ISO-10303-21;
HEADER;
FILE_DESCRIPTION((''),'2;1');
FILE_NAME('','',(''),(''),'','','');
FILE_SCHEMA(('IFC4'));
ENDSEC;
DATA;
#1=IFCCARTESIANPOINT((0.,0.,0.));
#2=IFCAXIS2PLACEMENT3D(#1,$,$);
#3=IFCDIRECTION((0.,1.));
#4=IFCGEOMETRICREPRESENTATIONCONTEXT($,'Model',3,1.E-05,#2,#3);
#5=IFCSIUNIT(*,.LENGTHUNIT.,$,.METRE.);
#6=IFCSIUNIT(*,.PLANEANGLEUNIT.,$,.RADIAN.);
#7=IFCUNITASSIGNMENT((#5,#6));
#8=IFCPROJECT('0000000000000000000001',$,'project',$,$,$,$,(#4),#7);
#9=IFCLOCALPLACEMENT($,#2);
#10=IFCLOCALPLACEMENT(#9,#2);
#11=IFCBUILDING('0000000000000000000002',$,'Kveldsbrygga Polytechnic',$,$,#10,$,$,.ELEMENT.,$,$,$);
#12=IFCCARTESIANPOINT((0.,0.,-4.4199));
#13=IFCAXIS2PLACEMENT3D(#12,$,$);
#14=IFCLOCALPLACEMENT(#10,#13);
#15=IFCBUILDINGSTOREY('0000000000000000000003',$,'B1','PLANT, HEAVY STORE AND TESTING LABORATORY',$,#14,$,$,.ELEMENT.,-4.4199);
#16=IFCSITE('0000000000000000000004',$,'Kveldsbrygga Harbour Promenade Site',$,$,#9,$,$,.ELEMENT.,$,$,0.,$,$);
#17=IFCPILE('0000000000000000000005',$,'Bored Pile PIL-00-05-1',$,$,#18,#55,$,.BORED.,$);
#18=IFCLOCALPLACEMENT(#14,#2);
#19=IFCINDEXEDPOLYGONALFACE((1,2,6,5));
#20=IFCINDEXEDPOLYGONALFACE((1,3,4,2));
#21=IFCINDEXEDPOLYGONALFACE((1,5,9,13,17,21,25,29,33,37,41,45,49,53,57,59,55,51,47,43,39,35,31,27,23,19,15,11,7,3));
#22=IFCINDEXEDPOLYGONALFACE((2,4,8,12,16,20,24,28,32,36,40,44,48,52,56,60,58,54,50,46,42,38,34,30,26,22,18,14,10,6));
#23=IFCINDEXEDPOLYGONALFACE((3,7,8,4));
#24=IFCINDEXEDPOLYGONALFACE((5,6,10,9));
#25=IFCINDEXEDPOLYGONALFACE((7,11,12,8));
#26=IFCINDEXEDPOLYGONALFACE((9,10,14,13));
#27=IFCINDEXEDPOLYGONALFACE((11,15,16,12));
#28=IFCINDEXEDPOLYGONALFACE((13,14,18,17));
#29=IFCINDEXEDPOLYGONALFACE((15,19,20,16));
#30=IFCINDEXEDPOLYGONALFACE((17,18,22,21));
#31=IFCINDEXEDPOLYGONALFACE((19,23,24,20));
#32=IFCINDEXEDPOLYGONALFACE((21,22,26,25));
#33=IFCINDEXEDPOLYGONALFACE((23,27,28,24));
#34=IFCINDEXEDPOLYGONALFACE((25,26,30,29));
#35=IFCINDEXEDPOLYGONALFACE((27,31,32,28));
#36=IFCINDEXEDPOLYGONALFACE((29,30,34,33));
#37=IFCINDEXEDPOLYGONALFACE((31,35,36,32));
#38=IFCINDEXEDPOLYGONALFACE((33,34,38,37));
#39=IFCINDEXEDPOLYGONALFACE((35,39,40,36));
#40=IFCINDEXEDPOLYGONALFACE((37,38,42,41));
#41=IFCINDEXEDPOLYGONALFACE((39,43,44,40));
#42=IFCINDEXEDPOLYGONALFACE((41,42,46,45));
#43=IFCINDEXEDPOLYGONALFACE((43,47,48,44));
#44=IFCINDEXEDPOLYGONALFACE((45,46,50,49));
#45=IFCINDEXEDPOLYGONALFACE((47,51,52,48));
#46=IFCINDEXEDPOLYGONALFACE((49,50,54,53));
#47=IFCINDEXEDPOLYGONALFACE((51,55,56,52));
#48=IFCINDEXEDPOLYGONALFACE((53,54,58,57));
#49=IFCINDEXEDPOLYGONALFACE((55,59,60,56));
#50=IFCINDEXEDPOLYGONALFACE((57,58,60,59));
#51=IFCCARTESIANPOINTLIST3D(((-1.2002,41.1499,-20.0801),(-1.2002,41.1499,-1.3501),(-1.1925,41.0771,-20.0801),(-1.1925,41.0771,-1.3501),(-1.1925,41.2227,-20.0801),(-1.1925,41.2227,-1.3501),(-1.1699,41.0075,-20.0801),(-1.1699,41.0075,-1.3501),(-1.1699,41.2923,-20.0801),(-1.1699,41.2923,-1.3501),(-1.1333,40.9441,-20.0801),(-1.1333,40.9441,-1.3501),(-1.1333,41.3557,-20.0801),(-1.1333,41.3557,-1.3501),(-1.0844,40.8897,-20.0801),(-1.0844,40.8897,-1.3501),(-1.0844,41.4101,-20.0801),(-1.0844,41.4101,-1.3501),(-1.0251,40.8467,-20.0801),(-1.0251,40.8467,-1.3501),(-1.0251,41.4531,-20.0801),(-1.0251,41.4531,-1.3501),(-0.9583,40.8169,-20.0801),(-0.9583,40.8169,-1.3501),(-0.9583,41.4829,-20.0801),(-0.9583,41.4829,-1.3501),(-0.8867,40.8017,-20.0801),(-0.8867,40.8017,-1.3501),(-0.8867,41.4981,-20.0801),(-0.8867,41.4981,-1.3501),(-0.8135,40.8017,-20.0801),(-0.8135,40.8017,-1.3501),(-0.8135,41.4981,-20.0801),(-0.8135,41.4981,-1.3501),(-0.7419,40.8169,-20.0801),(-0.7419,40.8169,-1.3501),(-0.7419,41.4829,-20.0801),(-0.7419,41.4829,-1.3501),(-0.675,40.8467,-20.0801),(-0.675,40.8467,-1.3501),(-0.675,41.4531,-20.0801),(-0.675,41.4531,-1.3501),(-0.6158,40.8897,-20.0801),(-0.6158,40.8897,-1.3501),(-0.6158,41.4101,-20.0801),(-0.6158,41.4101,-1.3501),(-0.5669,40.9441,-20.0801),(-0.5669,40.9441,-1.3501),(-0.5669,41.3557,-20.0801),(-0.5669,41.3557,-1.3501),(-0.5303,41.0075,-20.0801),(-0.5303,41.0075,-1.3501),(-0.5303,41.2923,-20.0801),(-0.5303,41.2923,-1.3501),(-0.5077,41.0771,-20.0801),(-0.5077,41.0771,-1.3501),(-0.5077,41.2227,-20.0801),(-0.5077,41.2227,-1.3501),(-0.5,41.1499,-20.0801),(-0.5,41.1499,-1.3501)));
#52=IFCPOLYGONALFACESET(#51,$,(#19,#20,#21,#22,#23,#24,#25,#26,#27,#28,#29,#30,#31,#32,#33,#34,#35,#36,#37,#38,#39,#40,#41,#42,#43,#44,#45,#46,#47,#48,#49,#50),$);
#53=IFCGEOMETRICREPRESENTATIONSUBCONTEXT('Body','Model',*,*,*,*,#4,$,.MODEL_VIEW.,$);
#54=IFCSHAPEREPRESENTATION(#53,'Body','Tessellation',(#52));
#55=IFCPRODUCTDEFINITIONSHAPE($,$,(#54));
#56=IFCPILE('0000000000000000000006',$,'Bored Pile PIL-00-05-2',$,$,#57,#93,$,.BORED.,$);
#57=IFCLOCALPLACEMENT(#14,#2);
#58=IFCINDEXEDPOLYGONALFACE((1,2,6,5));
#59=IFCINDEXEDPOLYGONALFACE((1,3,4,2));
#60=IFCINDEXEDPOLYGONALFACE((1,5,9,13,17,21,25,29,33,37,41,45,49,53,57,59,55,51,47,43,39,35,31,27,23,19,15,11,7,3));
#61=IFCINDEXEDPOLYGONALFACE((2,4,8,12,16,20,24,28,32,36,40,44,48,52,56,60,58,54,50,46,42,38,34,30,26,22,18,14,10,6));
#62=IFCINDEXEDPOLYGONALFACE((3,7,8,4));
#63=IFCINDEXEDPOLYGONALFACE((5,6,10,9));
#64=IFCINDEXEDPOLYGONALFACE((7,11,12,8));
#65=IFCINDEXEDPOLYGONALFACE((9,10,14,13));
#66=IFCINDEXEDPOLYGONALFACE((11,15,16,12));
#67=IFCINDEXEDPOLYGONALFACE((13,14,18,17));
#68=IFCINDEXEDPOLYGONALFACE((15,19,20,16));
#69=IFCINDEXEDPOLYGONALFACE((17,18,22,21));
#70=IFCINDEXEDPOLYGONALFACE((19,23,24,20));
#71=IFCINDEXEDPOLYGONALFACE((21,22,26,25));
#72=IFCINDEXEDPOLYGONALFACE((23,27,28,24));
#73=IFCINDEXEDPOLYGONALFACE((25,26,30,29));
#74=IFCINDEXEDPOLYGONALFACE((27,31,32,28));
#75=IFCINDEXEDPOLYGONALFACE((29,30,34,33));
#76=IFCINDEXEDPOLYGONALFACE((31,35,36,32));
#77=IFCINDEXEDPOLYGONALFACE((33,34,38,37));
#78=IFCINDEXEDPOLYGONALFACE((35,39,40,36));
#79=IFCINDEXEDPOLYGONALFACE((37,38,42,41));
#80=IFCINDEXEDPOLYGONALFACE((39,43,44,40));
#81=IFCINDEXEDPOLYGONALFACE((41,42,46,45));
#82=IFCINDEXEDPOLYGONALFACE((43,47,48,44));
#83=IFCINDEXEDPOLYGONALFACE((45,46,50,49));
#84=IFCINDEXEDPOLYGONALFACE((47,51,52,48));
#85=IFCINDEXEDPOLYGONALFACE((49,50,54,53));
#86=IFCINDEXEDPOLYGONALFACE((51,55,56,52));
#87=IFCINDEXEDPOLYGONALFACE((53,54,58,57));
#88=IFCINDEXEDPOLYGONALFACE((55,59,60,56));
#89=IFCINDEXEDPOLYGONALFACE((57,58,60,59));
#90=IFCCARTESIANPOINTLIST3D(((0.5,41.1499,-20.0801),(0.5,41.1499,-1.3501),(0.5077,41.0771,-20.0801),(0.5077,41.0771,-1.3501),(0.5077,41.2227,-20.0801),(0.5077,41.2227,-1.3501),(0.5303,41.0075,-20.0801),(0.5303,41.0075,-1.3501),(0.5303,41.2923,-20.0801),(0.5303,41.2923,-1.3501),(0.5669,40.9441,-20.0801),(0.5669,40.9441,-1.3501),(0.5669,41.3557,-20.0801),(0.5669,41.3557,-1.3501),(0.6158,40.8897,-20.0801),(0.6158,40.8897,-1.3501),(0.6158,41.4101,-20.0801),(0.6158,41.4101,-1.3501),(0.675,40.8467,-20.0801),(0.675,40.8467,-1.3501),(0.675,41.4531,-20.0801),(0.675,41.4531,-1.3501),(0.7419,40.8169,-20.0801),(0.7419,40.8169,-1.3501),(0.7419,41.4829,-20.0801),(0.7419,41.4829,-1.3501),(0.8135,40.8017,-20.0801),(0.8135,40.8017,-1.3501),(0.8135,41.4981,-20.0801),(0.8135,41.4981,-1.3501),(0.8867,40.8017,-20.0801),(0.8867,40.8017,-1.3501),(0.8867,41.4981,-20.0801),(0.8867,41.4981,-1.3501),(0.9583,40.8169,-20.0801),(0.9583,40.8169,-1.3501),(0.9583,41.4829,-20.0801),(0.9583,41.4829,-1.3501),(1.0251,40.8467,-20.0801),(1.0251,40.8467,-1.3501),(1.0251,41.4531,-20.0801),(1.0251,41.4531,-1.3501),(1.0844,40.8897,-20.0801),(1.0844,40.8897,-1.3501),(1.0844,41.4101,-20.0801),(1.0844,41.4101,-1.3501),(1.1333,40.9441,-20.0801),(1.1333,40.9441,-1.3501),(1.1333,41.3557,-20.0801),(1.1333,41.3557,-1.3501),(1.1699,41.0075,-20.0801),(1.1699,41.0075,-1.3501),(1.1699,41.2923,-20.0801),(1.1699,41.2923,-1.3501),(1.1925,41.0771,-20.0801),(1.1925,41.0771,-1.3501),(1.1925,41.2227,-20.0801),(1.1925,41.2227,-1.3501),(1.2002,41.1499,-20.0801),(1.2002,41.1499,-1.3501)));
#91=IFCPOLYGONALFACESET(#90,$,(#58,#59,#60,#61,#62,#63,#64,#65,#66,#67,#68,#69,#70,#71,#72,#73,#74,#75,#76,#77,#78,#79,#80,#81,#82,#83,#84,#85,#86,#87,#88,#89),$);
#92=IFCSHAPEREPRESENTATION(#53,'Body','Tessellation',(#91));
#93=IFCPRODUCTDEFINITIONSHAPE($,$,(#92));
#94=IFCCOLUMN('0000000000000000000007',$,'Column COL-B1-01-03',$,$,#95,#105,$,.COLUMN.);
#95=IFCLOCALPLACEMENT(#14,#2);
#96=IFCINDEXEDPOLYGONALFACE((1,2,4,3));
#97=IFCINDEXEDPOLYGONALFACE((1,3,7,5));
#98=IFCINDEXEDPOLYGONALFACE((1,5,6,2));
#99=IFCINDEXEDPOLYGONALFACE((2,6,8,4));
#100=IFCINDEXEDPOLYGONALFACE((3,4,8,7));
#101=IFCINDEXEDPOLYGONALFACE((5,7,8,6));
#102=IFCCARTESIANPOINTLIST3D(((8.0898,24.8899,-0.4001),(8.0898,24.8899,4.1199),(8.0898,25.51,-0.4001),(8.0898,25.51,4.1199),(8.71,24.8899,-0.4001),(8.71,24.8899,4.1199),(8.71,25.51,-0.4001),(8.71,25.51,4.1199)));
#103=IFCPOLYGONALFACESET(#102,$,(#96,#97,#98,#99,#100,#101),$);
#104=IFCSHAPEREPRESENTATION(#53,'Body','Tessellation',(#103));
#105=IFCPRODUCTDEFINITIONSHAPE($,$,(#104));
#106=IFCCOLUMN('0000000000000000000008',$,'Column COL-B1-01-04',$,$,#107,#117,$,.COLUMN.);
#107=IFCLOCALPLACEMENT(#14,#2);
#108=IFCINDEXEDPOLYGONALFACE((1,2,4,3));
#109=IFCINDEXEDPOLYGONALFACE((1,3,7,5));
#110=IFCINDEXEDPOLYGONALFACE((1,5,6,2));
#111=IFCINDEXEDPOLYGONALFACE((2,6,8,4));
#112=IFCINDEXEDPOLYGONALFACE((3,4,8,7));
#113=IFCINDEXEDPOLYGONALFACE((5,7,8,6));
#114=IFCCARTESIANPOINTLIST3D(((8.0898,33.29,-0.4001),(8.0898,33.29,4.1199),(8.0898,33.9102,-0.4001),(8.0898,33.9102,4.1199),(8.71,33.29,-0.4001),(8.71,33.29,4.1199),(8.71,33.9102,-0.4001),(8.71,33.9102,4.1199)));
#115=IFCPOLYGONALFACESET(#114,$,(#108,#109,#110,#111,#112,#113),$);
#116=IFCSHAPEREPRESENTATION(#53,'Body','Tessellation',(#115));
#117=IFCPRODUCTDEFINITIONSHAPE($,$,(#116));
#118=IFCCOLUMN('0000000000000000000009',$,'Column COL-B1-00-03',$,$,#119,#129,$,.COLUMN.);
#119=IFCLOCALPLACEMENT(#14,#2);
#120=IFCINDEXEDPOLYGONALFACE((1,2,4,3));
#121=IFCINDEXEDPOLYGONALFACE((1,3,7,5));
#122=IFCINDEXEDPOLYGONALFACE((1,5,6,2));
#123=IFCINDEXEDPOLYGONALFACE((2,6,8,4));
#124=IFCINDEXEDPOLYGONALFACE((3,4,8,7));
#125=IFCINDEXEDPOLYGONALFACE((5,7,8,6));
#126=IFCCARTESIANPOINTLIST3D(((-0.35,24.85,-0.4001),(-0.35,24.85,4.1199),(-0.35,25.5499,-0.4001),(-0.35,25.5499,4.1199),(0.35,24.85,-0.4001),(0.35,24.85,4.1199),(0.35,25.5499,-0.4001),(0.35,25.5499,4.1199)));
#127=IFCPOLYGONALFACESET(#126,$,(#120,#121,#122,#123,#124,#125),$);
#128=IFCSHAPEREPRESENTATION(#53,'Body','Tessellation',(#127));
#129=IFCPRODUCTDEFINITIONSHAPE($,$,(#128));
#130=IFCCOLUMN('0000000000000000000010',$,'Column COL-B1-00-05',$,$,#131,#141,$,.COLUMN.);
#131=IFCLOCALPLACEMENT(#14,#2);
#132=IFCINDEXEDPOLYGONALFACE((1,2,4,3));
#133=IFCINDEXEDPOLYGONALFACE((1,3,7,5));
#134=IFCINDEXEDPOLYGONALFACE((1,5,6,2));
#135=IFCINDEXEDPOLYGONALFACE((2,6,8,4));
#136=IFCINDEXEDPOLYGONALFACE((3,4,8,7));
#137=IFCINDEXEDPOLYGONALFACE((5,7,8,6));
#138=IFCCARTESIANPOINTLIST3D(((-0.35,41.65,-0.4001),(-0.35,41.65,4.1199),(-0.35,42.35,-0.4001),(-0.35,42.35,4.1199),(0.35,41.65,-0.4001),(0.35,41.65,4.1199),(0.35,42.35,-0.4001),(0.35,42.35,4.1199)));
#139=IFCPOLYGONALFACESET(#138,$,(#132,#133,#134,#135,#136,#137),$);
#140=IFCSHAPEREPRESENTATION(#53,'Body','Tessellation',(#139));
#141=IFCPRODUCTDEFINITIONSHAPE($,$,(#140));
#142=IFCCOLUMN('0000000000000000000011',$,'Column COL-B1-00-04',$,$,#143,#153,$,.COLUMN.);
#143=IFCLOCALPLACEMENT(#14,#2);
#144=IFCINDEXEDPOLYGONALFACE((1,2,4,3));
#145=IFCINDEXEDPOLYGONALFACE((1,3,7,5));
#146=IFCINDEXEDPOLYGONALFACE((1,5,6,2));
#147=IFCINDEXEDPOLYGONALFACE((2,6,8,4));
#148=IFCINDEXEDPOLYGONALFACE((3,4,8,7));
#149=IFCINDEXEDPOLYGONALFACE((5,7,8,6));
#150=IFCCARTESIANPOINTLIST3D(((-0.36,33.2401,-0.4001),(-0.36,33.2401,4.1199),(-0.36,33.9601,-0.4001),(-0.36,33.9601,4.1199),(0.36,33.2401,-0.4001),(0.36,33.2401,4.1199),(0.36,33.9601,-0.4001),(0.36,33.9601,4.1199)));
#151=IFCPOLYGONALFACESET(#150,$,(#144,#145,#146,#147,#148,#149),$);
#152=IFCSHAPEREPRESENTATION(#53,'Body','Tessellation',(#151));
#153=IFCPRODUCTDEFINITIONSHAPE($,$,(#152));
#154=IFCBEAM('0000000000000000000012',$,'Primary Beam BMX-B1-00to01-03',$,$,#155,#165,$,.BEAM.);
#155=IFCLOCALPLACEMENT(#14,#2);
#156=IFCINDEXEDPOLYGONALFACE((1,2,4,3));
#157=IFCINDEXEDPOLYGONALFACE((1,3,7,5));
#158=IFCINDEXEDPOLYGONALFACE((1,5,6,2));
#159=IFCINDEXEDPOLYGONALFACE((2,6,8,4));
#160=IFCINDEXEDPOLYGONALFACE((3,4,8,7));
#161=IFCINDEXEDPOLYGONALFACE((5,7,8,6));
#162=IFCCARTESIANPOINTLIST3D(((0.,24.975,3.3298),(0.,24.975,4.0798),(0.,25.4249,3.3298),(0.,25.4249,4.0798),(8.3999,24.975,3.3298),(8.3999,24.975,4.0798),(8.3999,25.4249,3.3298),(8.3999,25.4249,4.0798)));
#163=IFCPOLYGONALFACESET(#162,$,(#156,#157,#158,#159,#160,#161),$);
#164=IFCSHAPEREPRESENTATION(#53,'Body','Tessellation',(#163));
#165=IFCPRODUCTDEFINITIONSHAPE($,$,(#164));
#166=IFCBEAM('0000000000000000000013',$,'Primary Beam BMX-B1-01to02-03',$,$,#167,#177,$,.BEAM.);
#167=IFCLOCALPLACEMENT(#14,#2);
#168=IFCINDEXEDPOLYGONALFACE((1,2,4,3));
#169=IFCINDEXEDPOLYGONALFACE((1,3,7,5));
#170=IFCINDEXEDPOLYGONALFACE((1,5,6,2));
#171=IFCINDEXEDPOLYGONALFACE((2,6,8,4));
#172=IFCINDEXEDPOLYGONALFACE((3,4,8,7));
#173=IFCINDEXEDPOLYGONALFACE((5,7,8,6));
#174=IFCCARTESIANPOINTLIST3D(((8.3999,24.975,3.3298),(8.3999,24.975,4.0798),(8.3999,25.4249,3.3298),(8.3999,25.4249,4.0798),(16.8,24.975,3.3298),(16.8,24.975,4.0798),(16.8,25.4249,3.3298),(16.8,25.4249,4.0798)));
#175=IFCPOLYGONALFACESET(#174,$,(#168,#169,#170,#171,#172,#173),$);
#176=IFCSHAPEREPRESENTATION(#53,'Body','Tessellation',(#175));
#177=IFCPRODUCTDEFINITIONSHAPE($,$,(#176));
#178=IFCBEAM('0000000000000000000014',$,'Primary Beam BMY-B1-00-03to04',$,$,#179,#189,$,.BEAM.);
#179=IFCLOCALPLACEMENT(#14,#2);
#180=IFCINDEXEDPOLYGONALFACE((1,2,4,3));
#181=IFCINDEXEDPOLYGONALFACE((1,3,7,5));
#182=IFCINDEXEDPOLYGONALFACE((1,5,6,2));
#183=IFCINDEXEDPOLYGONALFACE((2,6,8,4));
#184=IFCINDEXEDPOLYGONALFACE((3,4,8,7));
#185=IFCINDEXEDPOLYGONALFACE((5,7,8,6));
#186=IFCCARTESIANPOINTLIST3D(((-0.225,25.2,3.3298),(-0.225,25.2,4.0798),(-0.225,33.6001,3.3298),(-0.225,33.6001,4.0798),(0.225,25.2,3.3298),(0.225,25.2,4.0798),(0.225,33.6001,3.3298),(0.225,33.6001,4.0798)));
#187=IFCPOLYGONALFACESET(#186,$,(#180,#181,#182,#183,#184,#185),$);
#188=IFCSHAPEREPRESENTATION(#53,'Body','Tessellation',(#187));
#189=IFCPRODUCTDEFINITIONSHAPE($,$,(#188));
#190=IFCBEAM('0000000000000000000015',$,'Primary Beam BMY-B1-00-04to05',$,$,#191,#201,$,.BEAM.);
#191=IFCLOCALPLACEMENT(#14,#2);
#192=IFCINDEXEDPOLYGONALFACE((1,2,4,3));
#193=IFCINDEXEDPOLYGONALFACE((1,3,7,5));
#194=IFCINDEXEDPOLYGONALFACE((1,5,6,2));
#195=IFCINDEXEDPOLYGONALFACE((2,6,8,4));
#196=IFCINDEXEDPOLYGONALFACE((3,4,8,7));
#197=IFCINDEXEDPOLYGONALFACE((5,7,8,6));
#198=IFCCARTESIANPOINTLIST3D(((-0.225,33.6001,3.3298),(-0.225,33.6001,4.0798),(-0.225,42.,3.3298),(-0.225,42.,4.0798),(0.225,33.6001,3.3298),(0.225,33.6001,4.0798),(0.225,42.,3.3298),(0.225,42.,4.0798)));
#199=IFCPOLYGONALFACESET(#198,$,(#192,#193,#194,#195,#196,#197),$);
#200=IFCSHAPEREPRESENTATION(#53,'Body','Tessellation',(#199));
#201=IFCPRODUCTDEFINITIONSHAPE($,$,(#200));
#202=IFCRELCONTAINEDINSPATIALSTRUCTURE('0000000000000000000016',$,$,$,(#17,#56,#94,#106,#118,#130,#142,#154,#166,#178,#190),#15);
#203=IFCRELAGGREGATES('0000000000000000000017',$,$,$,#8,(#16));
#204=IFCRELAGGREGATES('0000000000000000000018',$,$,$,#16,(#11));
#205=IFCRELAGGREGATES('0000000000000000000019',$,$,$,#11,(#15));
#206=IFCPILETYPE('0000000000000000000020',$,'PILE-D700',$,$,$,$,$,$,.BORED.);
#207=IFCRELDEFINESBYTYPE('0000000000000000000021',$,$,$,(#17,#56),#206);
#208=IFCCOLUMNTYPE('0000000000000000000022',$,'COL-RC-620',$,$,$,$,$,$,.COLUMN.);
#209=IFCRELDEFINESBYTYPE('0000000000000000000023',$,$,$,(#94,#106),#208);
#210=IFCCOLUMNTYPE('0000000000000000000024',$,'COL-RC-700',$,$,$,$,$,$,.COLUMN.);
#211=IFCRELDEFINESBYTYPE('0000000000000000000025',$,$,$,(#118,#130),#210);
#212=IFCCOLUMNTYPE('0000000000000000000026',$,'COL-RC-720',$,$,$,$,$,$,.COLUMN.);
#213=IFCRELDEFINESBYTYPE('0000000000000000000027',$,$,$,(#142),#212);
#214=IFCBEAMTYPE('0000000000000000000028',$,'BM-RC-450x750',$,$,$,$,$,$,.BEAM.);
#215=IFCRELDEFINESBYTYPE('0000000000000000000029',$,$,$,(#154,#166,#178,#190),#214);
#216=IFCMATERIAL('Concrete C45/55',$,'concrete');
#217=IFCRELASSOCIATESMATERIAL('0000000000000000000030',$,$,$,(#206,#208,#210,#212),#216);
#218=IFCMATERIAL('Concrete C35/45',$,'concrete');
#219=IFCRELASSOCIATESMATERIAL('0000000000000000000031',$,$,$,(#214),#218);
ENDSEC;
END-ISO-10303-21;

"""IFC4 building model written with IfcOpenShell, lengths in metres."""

from ifc_helpers import new_model, si_unit, direction, frame, origin, origin_2d, place, context, subcontext, project, spatial, rectangle, circle, extrude, material, material_profile, profile_set, type_object, element, save


model = new_model("IFC4")

# Units and contexts
model_context = context("Model", 3, precision=1e-05, world=origin(), true_north=direction((0.0, 1.0)))
body_context = subcontext(model_context, "Body", "Model", "MODEL_VIEW")
ifc_project = project(units=[si_unit("LENGTHUNIT", "METRE"), si_unit("PLANEANGLEUNIT", "RADIAN")], contexts=[model_context])

# Site, building, storey
site_placement = place(None, origin())
site = spatial("IfcSite", under=ifc_project, at=site_placement, Name="Kveldsbrygga Harbour Promenade Site", CompositionType="ELEMENT", RefElevation=0.0)
building_placement = place(site_placement, origin())
building = spatial("IfcBuilding", under=site, at=building_placement, Name="Kveldsbrygga Polytechnic", CompositionType="ELEMENT")
storey_placement = place(building_placement, frame((0.0, 0.0, -4.4199)))
storey = spatial("IfcBuildingStorey", under=building, at=storey_placement, Name="B1", Description="PLANT, HEAVY STORE AND TESTING LABORATORY", CompositionType="ELEMENT", Elevation=-4.4199)

# Shared definitions
ifc_material_1 = material(Name="Concrete C45/55", Category="concrete")
ifc_material_2 = material(Name="Concrete C35/45", Category="concrete")

# Piles
ifc_material_profile_1 = material_profile(ifc_material_1, circle(Radius=0.3501, at=origin_2d()), Name="PILE D700")
ifc_profile_set_1 = profile_set([ifc_material_profile_1], Name="Concrete C45/55")
pile_type_1 = type_object("IfcPileType", Name="PILE-D700", PredefinedType="BORED", material=ifc_profile_set_1)
for number, where, z_axis, x_axis, name in (
    (1, (-0.8501, 41.1499, -1.3501), (0.0, 0.0, -1.0), (1.0, 0.0, 0.0), "Bored Pile PIL-00-05-1"),
    (2, (0.8501, 41.1499, -1.3501), (0.0, 0.0, -1.0), (1.0, 0.0, 0.0), "Bored Pile PIL-00-05-2"),
):
    element("IfcPile", number, at=place(storey_placement, frame(where, z_axis=z_axis, x_axis=x_axis)), inside=storey, type_object=pile_type_1, Name=name, PredefinedType="BORED", context=body_context, shape_type="SweptSolid", body=[
        extrude(circle(Radius=0.3501, at=origin_2d()), origin(), (0.0, 0.0, 1.0), 18.73),
    ])

# Columns
ifc_material_profile_2 = material_profile(ifc_material_1, rectangle(XDim=0.6201, YDim=0.6201, at=origin_2d()), Name="RC 620x620")
ifc_profile_set_2 = profile_set([ifc_material_profile_2], Name="Concrete C45/55")
column_type_1 = type_object("IfcColumnType", Name="COL-RC-620", PredefinedType="COLUMN", material=ifc_profile_set_2)
for number, where, z_axis, x_axis, name in (
    (3, (8.3999, 25.2, -0.4001), (0.0, 0.0, 1.0), (1.0, 0.0, 0.0), "Column COL-B1-01-03"),
    (4, (8.3999, 33.6001, -0.4001), (0.0, 0.0, 1.0), (1.0, 0.0, 0.0), "Column COL-B1-01-04"),
):
    element("IfcColumn", number, at=place(storey_placement, frame(where, z_axis=z_axis, x_axis=x_axis)), inside=storey, type_object=column_type_1, Name=name, PredefinedType="COLUMN", context=body_context, shape_type="SweptSolid", body=[
        extrude(rectangle(XDim=0.6201, YDim=0.6201, at=origin_2d()), origin(), (0.0, 0.0, 1.0), 4.52),
    ])
ifc_material_profile_3 = material_profile(ifc_material_1, rectangle(XDim=0.7, YDim=0.7, at=origin_2d()), Name="RC 700x700")
ifc_profile_set_3 = profile_set([ifc_material_profile_3], Name="Concrete C45/55")
column_type_2 = type_object("IfcColumnType", Name="COL-RC-700", PredefinedType="COLUMN", material=ifc_profile_set_3)
for number, where, z_axis, x_axis, name in (
    (5, (0.0, 25.2, -0.4001), (0.0, 0.0, 1.0), (1.0, 0.0, 0.0), "Column COL-B1-00-03"),
    (6, (0.0, 42.0, -0.4001), (0.0, 0.0, 1.0), (1.0, 0.0, 0.0), "Column COL-B1-00-05"),
):
    element("IfcColumn", number, at=place(storey_placement, frame(where, z_axis=z_axis, x_axis=x_axis)), inside=storey, type_object=column_type_2, Name=name, PredefinedType="COLUMN", context=body_context, shape_type="SweptSolid", body=[
        extrude(rectangle(XDim=0.7, YDim=0.7, at=origin_2d()), origin(), (0.0, 0.0, 1.0), 4.52),
    ])
ifc_material_profile_4 = material_profile(ifc_material_1, rectangle(XDim=0.72, YDim=0.72, at=origin_2d()), Name="RC 720x720")
ifc_profile_set_4 = profile_set([ifc_material_profile_4], Name="Concrete C45/55")
column_type_3 = type_object("IfcColumnType", Name="COL-RC-720", PredefinedType="COLUMN", material=ifc_profile_set_4)
column_placement = place(storey_placement, frame((0.0, 33.6001, -0.4001), z_axis=(0.0, 0.0, 1.0), x_axis=(1.0, 0.0, 0.0)))
element("IfcColumn", 7, at=column_placement, inside=storey, type_object=column_type_3, Name="Column COL-B1-00-04", PredefinedType="COLUMN", context=body_context, shape_type="SweptSolid", body=[
    extrude(rectangle(XDim=0.72, YDim=0.72, at=origin_2d()), origin(), (0.0, 0.0, 1.0), 4.52),
])

# Beams
ifc_material_profile_5 = material_profile(ifc_material_2, rectangle(XDim=0.45, YDim=0.75, at=origin_2d()), Name="RC 450x750")
ifc_profile_set_5 = profile_set([ifc_material_profile_5], Name="Concrete C35/45")
beam_type_1 = type_object("IfcBeamType", Name="BM-RC-450x750", PredefinedType="BEAM", material=ifc_profile_set_5)
beam_1_placement = place(storey_placement, frame((0.0, 25.2, 3.7048), z_axis=(1.0, 0.0, 0.0), x_axis=(0.0, 1.0, 0.0)))
element("IfcBeam", 8, at=beam_1_placement, inside=storey, type_object=beam_type_1, Name="Primary Beam BMX-B1-00to01-03", PredefinedType="BEAM", context=body_context, shape_type="SweptSolid", body=[
    extrude(rectangle(XDim=0.45, YDim=0.75, at=origin_2d()), origin(), (0.0, 0.0, 1.0), 8.3999),
])
for number, where, z_axis, x_axis, name in (
    (9, (8.3999, 25.2, 3.7048), (1.0, 0.0, 0.0), (0.0, 1.0, 0.0), "Primary Beam BMX-B1-01to02-03"),
    (10, (0.0, 25.2, 3.7048), (0.0, 1.0, 0.0), (-1.0, 0.0, 0.0), "Primary Beam BMY-B1-00-03to04"),
):
    element("IfcBeam", number, at=place(storey_placement, frame(where, z_axis=z_axis, x_axis=x_axis)), inside=storey, type_object=beam_type_1, Name=name, PredefinedType="BEAM", context=body_context, shape_type="SweptSolid", body=[
        extrude(rectangle(XDim=0.45, YDim=0.75, at=origin_2d()), origin(), (0.0, 0.0, 1.0), 8.4001),
    ])
for number, where, z_axis, x_axis, name in (
    (11, (0.0, 33.6001, 3.7048), (0.0, 1.0, 0.0), (-1.0, 0.0, 0.0), "Primary Beam BMY-B1-00-04to05"),
):
    element("IfcBeam", number, at=place(storey_placement, frame(where, z_axis=z_axis, x_axis=x_axis)), inside=storey, type_object=beam_type_1, Name=name, PredefinedType="BEAM", context=body_context, shape_type="SweptSolid", body=[
        extrude(rectangle(XDim=0.45, YDim=0.75, at=origin_2d()), origin(), (0.0, 0.0, 1.0), 8.3999),
    ])

save(model, "model.ifc")
